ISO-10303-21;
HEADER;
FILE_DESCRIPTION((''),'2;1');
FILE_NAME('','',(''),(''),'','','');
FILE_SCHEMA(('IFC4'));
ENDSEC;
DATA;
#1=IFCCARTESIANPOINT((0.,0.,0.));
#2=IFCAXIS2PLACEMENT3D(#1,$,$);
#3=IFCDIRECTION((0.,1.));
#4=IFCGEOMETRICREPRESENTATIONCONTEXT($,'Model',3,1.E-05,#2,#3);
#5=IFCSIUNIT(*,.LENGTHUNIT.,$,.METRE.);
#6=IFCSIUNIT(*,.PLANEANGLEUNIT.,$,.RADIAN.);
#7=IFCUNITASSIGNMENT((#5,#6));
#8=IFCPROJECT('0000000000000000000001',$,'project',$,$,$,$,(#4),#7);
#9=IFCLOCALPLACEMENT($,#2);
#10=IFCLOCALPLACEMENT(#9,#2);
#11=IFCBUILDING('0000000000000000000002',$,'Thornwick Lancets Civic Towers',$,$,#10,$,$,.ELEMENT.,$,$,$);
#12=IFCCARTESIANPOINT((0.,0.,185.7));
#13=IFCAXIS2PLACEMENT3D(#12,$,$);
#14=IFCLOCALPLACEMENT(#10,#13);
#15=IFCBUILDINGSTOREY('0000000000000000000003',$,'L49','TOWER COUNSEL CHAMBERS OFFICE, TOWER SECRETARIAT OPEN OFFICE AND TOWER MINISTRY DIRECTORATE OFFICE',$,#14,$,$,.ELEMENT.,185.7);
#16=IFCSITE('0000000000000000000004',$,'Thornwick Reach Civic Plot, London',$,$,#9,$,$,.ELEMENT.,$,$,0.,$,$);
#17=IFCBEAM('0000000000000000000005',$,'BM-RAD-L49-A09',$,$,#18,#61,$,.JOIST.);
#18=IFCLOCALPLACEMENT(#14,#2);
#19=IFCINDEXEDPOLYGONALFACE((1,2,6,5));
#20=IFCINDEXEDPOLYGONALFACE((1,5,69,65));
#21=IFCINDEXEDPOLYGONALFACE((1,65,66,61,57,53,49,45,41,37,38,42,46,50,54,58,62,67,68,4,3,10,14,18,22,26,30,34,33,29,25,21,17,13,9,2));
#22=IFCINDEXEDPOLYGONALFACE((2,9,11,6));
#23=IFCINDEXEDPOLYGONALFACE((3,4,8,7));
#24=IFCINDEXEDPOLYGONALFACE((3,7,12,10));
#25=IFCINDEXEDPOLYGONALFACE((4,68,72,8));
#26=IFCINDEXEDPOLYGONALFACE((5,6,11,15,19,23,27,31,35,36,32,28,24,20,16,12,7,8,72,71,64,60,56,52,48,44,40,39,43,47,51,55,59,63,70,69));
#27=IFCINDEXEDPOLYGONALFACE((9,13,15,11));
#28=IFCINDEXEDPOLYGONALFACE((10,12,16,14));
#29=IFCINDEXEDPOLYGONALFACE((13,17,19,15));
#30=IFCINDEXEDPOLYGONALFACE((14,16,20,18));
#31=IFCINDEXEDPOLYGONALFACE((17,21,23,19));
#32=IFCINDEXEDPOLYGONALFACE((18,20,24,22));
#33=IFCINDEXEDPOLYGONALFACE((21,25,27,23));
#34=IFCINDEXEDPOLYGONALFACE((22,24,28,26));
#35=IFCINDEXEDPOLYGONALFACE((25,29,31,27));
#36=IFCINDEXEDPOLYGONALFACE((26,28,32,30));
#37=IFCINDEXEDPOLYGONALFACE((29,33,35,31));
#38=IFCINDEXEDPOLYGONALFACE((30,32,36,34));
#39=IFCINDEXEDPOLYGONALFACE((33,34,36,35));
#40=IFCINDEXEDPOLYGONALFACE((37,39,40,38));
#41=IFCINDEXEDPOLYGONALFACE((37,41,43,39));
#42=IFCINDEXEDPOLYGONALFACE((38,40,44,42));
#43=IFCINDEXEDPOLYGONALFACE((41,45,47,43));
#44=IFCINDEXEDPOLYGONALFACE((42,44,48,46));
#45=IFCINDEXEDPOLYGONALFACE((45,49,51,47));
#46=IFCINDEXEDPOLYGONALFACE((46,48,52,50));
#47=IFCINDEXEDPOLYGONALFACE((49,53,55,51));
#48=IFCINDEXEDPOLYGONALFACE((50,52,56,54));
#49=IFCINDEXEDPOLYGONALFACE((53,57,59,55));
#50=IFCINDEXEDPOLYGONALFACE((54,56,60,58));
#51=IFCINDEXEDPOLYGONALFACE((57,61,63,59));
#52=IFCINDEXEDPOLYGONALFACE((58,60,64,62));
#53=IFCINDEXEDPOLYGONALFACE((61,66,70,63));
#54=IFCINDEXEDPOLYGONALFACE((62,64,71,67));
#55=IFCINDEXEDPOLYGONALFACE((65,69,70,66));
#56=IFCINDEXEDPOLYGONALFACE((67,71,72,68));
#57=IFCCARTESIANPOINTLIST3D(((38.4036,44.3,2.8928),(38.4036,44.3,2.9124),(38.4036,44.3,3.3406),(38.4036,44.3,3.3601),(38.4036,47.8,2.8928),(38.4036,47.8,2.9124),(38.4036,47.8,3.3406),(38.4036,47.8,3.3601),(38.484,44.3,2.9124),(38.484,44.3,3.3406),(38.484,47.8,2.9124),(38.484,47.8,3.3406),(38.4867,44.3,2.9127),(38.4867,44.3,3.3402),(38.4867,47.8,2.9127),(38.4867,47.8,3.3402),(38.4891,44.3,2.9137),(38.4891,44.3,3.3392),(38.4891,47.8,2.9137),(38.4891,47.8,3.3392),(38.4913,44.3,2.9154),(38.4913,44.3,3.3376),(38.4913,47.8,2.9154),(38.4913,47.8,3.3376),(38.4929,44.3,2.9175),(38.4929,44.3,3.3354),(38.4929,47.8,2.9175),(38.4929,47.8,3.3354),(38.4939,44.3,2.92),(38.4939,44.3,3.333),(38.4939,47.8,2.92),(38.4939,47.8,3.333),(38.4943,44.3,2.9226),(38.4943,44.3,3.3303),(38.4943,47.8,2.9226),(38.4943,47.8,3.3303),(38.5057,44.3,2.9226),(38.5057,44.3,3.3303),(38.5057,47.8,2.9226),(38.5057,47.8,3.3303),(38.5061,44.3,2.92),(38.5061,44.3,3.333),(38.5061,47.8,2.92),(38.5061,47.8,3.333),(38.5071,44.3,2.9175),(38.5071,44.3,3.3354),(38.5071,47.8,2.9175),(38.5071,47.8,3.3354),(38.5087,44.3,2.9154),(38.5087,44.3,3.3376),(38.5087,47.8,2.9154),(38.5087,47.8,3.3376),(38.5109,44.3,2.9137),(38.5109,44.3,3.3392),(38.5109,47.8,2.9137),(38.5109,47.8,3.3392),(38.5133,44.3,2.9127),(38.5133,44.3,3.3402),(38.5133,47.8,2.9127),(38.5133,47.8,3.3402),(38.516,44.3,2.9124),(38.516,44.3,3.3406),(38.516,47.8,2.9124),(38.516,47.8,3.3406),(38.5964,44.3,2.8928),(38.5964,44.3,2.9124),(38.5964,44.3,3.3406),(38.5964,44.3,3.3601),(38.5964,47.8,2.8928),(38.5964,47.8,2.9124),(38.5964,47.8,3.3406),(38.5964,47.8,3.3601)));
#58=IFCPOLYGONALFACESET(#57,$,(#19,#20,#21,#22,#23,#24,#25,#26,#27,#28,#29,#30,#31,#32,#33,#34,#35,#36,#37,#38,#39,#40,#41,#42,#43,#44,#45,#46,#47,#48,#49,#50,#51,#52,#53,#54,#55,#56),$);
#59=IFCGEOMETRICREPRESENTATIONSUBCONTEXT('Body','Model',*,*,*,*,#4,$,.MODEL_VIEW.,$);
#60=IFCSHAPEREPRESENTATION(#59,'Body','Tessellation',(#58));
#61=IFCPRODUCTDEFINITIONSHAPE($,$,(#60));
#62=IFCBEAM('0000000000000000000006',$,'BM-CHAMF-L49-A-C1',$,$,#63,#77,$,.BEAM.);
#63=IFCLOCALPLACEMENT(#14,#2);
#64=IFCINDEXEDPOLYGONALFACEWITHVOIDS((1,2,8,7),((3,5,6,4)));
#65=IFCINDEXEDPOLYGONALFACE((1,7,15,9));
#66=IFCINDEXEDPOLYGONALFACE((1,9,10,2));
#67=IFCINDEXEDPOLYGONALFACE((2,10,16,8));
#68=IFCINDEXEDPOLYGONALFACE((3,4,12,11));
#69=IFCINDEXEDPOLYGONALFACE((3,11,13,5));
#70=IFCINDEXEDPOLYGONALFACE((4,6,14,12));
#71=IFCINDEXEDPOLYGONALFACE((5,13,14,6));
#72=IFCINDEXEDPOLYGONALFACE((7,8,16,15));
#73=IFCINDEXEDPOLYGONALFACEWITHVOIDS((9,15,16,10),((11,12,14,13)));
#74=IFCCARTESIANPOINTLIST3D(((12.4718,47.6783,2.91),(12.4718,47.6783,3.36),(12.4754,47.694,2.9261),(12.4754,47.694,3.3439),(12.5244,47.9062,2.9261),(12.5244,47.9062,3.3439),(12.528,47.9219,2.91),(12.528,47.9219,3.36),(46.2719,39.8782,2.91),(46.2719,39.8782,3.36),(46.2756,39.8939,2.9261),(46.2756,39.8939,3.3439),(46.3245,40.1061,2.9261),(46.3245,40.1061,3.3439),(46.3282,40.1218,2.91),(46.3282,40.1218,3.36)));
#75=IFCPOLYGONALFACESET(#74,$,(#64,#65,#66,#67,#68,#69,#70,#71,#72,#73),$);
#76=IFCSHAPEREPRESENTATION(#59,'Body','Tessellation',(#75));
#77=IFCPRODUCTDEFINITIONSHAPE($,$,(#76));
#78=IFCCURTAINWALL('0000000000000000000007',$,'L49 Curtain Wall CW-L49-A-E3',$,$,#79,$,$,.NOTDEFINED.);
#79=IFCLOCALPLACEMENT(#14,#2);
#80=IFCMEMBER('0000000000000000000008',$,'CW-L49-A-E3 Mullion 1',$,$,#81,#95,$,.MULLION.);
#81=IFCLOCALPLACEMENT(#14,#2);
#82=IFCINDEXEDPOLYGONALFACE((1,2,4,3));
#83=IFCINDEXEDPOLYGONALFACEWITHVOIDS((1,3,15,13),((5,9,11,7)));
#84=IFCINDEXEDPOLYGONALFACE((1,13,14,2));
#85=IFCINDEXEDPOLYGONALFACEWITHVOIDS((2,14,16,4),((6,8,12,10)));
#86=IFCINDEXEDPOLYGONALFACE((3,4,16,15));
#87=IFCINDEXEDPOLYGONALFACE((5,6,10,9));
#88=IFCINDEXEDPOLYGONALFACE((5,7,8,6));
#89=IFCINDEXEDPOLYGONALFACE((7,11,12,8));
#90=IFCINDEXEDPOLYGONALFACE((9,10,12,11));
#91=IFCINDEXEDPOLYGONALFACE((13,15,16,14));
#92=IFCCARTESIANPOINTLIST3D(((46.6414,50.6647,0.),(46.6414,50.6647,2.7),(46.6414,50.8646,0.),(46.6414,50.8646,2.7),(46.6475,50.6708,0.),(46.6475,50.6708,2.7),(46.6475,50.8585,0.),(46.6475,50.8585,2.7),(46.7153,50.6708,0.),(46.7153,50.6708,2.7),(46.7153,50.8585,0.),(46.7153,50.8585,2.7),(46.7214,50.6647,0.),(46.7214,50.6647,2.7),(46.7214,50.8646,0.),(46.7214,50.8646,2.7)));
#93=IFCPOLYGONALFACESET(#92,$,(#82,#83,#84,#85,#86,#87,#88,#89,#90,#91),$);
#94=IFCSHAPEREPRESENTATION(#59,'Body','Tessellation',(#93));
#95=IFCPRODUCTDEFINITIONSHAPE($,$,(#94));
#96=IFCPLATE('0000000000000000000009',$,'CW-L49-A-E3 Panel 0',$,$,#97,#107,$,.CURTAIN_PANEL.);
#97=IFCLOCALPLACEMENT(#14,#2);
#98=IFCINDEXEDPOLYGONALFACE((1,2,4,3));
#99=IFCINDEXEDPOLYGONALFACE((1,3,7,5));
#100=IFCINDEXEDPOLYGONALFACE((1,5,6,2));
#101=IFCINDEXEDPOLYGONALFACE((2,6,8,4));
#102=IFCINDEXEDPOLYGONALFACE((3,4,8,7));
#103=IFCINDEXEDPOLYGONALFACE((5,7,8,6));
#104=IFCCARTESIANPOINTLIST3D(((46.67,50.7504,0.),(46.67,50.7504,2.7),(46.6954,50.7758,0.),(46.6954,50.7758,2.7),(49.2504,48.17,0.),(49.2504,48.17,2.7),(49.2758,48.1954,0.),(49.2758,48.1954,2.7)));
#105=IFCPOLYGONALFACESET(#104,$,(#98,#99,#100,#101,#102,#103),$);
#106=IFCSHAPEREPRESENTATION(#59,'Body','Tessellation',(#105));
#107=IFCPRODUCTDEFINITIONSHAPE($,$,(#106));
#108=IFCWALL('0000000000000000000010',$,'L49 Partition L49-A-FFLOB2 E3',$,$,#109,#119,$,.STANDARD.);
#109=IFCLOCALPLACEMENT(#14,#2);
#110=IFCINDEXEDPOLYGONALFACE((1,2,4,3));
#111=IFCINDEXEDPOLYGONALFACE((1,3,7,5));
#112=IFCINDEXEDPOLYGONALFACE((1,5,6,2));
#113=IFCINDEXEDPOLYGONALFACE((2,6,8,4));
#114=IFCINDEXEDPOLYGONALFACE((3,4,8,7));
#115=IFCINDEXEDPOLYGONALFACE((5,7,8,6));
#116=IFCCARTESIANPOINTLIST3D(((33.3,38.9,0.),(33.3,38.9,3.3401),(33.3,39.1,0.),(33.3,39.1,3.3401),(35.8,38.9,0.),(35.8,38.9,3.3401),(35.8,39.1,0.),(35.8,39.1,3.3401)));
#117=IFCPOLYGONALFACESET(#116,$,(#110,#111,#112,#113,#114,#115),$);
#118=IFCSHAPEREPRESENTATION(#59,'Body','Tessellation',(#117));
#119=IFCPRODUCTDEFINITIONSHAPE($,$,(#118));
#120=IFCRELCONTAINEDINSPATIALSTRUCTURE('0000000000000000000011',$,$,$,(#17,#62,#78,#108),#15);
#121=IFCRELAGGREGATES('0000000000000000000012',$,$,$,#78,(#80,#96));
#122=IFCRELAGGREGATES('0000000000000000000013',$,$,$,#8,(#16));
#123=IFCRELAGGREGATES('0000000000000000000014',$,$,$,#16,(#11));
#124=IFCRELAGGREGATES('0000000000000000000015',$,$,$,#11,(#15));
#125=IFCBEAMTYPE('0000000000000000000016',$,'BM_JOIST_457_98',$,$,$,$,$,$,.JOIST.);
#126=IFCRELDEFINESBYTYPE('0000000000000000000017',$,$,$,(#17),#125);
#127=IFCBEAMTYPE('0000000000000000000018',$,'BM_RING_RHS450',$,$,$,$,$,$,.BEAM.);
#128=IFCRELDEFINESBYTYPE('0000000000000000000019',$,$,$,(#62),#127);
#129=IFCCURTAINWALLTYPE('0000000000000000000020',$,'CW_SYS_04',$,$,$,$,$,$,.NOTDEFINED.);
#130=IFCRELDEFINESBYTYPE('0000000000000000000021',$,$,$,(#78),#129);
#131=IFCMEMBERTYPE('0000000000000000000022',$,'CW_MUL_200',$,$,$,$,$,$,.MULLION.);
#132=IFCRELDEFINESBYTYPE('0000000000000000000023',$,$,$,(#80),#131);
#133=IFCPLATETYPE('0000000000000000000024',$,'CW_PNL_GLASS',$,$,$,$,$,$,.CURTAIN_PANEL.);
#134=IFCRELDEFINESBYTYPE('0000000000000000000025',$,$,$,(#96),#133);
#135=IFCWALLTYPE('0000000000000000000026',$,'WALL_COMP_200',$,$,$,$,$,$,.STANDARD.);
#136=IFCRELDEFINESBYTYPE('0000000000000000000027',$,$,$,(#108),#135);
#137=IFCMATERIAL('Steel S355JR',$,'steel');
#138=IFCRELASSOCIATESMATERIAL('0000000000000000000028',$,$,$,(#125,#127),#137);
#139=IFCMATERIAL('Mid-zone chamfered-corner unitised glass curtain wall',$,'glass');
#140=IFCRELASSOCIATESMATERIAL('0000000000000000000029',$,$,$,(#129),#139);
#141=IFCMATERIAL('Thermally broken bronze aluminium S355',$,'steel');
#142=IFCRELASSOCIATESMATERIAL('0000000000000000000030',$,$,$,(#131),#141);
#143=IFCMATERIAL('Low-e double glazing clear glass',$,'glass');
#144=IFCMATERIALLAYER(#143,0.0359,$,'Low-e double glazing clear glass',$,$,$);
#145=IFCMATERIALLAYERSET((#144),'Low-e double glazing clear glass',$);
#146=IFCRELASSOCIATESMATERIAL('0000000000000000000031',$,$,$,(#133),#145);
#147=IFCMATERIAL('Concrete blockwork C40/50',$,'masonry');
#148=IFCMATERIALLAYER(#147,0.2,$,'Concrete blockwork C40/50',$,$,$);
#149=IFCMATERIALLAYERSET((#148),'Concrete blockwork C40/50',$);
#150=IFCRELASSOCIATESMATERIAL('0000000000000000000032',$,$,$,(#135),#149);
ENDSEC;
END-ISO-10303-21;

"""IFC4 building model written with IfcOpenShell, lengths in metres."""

from ifc_helpers import new_model, si_unit, direction, frame, frame_2d, origin, origin_2d, place, context, subcontext, project, spatial, rectangle, hollow_rectangle, i_section, extrude, material, layer, layer_set, material_profile, profile_set, type_object, element, aggregate, save


model = new_model("IFC4")

# Units and contexts
model_context = context("Model", 3, precision=1e-05, world=origin(), true_north=direction((0.0, 1.0)))
body_context = subcontext(model_context, "Body", "Model", "MODEL_VIEW")
ifc_project = project(units=[si_unit("LENGTHUNIT", "METRE"), si_unit("PLANEANGLEUNIT", "RADIAN")], contexts=[model_context])

# Site, building, storey
site_placement = place(None, origin())
site = spatial("IfcSite", under=ifc_project, at=site_placement, Name="Thornwick Reach Civic Plot, London", CompositionType="ELEMENT", RefElevation=0.0)
building_placement = place(site_placement, origin())
building = spatial("IfcBuilding", under=site, at=building_placement, Name="Thornwick Lancets Civic Towers", CompositionType="ELEMENT")
storey_placement = place(building_placement, frame((0.0, 0.0, 185.7)))
storey = spatial("IfcBuildingStorey", under=building, at=storey_placement, Name="L49", Description="TOWER COUNSEL CHAMBERS OFFICE, TOWER SECRETARIAT OPEN OFFICE AND TOWER MINISTRY DIRECTORATE OFFICE", CompositionType="ELEMENT", Elevation=185.7)

# Beams
ifc_material_1 = material(Name="Steel S355JR", Category="steel")
ifc_material_profile_1 = material_profile(ifc_material_1, i_section(OverallWidth=0.1929, OverallDepth=0.4673, WebThickness=0.0115, FlangeThickness=0.0195, FilletRadius=0.0103, at=origin_2d()), Name="UKB 457x191x98")
ifc_profile_set_1 = profile_set([ifc_material_profile_1], Name="Steel S355JR")
beam_type_1 = type_object("IfcBeamType", Name="BM_JOIST_457_98", PredefinedType="JOIST", material=ifc_profile_set_1)
for number, where, z_axis, x_axis, name in (
    (1, (38.5, 44.3, 3.1265), (0.0, 1.0, 0.0), (-1.0, 0.0, 0.0), "BM-RAD-L49-A09"),
):
    element("IfcBeam", number, at=place(storey_placement, frame(where, z_axis=z_axis, x_axis=x_axis)), inside=storey, type_object=beam_type_1, Name=name, PredefinedType="JOIST", context=body_context, shape_type="SweptSolid", body=[
        extrude(i_section(OverallWidth=0.1929, OverallDepth=0.4673, WebThickness=0.0115, FlangeThickness=0.0195, FilletRadius=0.0103, at=origin_2d()), origin(), (0.0, 0.0, 1.0), 3.5),
    ])
ifc_material_profile_2 = material_profile(ifc_material_1, hollow_rectangle(XDim=0.25, YDim=0.45, WallThickness=0.0161, at=origin_2d()), Name="RHS 450x250x16")
ifc_profile_set_2 = profile_set([ifc_material_profile_2], Name="Steel S355JR")
beam_type_2 = type_object("IfcBeamType", Name="BM_RING_RHS450", PredefinedType="BEAM", material=ifc_profile_set_2)
beam_placement = place(storey_placement, frame((46.3, 40.0, 3.135), z_axis=(-0.974391, 0.224861, 0.0), x_axis=(-0.224861, -0.974391, 0.0)))
element("IfcBeam", 2, at=beam_placement, inside=storey, type_object=beam_type_2, Name="BM-CHAMF-L49-A-C1", PredefinedType="BEAM", context=body_context, shape_type="SweptSolid", body=[
    extrude(hollow_rectangle(XDim=0.25, YDim=0.45, WallThickness=0.0161, at=origin_2d()), origin(), (0.0, 0.0, 1.0), 34.6885),
])

# Curtain wall, member, plate
ifc_material_2 = material(Name="Mid-zone chamfered-corner unitised glass curtain wall", Category="glass")
curtain_wall_type = type_object("IfcCurtainWallType", Name="CW_SYS_04", PredefinedType="NOTDEFINED", material=ifc_material_2)
curtain_wall_placement = place(storey_placement, origin())
curtain_wall = element("IfcCurtainWall", 3, at=curtain_wall_placement, inside=storey, type_object=curtain_wall_type, Name="L49 Curtain Wall CW-L49-A-E3", PredefinedType="NOTDEFINED")
ifc_material_3 = material(Name="Thermally broken bronze aluminium S355", Category="steel")
ifc_material_profile_3 = material_profile(ifc_material_3, hollow_rectangle(XDim=0.0801, YDim=0.2, WallThickness=0.0061, at=origin_2d()), Name="RHS 200x80x6")
ifc_profile_set_3 = profile_set([ifc_material_profile_3], Name="Thermally broken bronze aluminium S355")
member_type = type_object("IfcMemberType", Name="CW_MUL_200", PredefinedType="MULLION", material=ifc_profile_set_3)
member_placement = place(storey_placement, frame((46.6814, 50.7646, 0.0), z_axis=(0.0, 0.0, 1.0), x_axis=(1.0, 0.0, 0.0)))
member = element("IfcMember", 4, at=member_placement, type_object=member_type, Name="CW-L49-A-E3 Mullion 1", PredefinedType="MULLION", context=body_context, shape_type="SweptSolid", body=[
    extrude(hollow_rectangle(XDim=0.0801, YDim=0.2, WallThickness=0.0061, at=origin_2d()), origin(), (0.0, 0.0, 1.0), 2.7),
])
ifc_material_4 = material(Name="Low-e double glazing clear glass", Category="glass")
ifc_layer_1 = layer(ifc_material_4, 0.0359, Name="Low-e double glazing clear glass")
ifc_layer_set_1 = layer_set([ifc_layer_1], Name="Low-e double glazing clear glass")
plate_type = type_object("IfcPlateType", Name="CW_PNL_GLASS", PredefinedType="CURTAIN_PANEL", material=ifc_layer_set_1)
plate_placement = place(storey_placement, frame((47.9729, 49.4729, 0.0), z_axis=(0.0, 0.0, 1.0), x_axis=(-0.707107, 0.707107, 0.0)))
plate = element("IfcPlate", 5, at=plate_placement, type_object=plate_type, Name="CW-L49-A-E3 Panel 0", PredefinedType="CURTAIN_PANEL", context=body_context, shape_type="SweptSolid", body=[
    extrude(rectangle(XDim=3.6492, YDim=0.0359, at=origin_2d()), origin(), (0.0, 0.0, 1.0), 2.7),
])
aggregate(curtain_wall, [member, plate])

# Wall
ifc_material_5 = material(Name="Concrete blockwork C40/50", Category="masonry")
ifc_layer_2 = layer(ifc_material_5, 0.2, Name="Concrete blockwork C40/50")
ifc_layer_set_2 = layer_set([ifc_layer_2], Name="Concrete blockwork C40/50")
wall_type_1 = type_object("IfcWallType", Name="WALL_COMP_200", PredefinedType="STANDARD", material=ifc_layer_set_2)
wall_1_placement = place(storey_placement, frame((35.8, 39.0, 0.0), z_axis=(0.0, 0.0, 1.0), x_axis=(-1.0, 0.0, 0.0)))
element("IfcWall", 6, at=wall_1_placement, inside=storey, type_object=wall_type_1, Name="L49 Partition L49-A-FFLOB2 E3", PredefinedType="STANDARD", context=body_context, shape_type="SweptSolid", body=[
    extrude(rectangle(XDim=2.5, YDim=0.2, at=frame_2d((1.25, 0.0))), origin(), (0.0, 0.0, 1.0), 3.3401),
])

save(model, "model.ifc")
